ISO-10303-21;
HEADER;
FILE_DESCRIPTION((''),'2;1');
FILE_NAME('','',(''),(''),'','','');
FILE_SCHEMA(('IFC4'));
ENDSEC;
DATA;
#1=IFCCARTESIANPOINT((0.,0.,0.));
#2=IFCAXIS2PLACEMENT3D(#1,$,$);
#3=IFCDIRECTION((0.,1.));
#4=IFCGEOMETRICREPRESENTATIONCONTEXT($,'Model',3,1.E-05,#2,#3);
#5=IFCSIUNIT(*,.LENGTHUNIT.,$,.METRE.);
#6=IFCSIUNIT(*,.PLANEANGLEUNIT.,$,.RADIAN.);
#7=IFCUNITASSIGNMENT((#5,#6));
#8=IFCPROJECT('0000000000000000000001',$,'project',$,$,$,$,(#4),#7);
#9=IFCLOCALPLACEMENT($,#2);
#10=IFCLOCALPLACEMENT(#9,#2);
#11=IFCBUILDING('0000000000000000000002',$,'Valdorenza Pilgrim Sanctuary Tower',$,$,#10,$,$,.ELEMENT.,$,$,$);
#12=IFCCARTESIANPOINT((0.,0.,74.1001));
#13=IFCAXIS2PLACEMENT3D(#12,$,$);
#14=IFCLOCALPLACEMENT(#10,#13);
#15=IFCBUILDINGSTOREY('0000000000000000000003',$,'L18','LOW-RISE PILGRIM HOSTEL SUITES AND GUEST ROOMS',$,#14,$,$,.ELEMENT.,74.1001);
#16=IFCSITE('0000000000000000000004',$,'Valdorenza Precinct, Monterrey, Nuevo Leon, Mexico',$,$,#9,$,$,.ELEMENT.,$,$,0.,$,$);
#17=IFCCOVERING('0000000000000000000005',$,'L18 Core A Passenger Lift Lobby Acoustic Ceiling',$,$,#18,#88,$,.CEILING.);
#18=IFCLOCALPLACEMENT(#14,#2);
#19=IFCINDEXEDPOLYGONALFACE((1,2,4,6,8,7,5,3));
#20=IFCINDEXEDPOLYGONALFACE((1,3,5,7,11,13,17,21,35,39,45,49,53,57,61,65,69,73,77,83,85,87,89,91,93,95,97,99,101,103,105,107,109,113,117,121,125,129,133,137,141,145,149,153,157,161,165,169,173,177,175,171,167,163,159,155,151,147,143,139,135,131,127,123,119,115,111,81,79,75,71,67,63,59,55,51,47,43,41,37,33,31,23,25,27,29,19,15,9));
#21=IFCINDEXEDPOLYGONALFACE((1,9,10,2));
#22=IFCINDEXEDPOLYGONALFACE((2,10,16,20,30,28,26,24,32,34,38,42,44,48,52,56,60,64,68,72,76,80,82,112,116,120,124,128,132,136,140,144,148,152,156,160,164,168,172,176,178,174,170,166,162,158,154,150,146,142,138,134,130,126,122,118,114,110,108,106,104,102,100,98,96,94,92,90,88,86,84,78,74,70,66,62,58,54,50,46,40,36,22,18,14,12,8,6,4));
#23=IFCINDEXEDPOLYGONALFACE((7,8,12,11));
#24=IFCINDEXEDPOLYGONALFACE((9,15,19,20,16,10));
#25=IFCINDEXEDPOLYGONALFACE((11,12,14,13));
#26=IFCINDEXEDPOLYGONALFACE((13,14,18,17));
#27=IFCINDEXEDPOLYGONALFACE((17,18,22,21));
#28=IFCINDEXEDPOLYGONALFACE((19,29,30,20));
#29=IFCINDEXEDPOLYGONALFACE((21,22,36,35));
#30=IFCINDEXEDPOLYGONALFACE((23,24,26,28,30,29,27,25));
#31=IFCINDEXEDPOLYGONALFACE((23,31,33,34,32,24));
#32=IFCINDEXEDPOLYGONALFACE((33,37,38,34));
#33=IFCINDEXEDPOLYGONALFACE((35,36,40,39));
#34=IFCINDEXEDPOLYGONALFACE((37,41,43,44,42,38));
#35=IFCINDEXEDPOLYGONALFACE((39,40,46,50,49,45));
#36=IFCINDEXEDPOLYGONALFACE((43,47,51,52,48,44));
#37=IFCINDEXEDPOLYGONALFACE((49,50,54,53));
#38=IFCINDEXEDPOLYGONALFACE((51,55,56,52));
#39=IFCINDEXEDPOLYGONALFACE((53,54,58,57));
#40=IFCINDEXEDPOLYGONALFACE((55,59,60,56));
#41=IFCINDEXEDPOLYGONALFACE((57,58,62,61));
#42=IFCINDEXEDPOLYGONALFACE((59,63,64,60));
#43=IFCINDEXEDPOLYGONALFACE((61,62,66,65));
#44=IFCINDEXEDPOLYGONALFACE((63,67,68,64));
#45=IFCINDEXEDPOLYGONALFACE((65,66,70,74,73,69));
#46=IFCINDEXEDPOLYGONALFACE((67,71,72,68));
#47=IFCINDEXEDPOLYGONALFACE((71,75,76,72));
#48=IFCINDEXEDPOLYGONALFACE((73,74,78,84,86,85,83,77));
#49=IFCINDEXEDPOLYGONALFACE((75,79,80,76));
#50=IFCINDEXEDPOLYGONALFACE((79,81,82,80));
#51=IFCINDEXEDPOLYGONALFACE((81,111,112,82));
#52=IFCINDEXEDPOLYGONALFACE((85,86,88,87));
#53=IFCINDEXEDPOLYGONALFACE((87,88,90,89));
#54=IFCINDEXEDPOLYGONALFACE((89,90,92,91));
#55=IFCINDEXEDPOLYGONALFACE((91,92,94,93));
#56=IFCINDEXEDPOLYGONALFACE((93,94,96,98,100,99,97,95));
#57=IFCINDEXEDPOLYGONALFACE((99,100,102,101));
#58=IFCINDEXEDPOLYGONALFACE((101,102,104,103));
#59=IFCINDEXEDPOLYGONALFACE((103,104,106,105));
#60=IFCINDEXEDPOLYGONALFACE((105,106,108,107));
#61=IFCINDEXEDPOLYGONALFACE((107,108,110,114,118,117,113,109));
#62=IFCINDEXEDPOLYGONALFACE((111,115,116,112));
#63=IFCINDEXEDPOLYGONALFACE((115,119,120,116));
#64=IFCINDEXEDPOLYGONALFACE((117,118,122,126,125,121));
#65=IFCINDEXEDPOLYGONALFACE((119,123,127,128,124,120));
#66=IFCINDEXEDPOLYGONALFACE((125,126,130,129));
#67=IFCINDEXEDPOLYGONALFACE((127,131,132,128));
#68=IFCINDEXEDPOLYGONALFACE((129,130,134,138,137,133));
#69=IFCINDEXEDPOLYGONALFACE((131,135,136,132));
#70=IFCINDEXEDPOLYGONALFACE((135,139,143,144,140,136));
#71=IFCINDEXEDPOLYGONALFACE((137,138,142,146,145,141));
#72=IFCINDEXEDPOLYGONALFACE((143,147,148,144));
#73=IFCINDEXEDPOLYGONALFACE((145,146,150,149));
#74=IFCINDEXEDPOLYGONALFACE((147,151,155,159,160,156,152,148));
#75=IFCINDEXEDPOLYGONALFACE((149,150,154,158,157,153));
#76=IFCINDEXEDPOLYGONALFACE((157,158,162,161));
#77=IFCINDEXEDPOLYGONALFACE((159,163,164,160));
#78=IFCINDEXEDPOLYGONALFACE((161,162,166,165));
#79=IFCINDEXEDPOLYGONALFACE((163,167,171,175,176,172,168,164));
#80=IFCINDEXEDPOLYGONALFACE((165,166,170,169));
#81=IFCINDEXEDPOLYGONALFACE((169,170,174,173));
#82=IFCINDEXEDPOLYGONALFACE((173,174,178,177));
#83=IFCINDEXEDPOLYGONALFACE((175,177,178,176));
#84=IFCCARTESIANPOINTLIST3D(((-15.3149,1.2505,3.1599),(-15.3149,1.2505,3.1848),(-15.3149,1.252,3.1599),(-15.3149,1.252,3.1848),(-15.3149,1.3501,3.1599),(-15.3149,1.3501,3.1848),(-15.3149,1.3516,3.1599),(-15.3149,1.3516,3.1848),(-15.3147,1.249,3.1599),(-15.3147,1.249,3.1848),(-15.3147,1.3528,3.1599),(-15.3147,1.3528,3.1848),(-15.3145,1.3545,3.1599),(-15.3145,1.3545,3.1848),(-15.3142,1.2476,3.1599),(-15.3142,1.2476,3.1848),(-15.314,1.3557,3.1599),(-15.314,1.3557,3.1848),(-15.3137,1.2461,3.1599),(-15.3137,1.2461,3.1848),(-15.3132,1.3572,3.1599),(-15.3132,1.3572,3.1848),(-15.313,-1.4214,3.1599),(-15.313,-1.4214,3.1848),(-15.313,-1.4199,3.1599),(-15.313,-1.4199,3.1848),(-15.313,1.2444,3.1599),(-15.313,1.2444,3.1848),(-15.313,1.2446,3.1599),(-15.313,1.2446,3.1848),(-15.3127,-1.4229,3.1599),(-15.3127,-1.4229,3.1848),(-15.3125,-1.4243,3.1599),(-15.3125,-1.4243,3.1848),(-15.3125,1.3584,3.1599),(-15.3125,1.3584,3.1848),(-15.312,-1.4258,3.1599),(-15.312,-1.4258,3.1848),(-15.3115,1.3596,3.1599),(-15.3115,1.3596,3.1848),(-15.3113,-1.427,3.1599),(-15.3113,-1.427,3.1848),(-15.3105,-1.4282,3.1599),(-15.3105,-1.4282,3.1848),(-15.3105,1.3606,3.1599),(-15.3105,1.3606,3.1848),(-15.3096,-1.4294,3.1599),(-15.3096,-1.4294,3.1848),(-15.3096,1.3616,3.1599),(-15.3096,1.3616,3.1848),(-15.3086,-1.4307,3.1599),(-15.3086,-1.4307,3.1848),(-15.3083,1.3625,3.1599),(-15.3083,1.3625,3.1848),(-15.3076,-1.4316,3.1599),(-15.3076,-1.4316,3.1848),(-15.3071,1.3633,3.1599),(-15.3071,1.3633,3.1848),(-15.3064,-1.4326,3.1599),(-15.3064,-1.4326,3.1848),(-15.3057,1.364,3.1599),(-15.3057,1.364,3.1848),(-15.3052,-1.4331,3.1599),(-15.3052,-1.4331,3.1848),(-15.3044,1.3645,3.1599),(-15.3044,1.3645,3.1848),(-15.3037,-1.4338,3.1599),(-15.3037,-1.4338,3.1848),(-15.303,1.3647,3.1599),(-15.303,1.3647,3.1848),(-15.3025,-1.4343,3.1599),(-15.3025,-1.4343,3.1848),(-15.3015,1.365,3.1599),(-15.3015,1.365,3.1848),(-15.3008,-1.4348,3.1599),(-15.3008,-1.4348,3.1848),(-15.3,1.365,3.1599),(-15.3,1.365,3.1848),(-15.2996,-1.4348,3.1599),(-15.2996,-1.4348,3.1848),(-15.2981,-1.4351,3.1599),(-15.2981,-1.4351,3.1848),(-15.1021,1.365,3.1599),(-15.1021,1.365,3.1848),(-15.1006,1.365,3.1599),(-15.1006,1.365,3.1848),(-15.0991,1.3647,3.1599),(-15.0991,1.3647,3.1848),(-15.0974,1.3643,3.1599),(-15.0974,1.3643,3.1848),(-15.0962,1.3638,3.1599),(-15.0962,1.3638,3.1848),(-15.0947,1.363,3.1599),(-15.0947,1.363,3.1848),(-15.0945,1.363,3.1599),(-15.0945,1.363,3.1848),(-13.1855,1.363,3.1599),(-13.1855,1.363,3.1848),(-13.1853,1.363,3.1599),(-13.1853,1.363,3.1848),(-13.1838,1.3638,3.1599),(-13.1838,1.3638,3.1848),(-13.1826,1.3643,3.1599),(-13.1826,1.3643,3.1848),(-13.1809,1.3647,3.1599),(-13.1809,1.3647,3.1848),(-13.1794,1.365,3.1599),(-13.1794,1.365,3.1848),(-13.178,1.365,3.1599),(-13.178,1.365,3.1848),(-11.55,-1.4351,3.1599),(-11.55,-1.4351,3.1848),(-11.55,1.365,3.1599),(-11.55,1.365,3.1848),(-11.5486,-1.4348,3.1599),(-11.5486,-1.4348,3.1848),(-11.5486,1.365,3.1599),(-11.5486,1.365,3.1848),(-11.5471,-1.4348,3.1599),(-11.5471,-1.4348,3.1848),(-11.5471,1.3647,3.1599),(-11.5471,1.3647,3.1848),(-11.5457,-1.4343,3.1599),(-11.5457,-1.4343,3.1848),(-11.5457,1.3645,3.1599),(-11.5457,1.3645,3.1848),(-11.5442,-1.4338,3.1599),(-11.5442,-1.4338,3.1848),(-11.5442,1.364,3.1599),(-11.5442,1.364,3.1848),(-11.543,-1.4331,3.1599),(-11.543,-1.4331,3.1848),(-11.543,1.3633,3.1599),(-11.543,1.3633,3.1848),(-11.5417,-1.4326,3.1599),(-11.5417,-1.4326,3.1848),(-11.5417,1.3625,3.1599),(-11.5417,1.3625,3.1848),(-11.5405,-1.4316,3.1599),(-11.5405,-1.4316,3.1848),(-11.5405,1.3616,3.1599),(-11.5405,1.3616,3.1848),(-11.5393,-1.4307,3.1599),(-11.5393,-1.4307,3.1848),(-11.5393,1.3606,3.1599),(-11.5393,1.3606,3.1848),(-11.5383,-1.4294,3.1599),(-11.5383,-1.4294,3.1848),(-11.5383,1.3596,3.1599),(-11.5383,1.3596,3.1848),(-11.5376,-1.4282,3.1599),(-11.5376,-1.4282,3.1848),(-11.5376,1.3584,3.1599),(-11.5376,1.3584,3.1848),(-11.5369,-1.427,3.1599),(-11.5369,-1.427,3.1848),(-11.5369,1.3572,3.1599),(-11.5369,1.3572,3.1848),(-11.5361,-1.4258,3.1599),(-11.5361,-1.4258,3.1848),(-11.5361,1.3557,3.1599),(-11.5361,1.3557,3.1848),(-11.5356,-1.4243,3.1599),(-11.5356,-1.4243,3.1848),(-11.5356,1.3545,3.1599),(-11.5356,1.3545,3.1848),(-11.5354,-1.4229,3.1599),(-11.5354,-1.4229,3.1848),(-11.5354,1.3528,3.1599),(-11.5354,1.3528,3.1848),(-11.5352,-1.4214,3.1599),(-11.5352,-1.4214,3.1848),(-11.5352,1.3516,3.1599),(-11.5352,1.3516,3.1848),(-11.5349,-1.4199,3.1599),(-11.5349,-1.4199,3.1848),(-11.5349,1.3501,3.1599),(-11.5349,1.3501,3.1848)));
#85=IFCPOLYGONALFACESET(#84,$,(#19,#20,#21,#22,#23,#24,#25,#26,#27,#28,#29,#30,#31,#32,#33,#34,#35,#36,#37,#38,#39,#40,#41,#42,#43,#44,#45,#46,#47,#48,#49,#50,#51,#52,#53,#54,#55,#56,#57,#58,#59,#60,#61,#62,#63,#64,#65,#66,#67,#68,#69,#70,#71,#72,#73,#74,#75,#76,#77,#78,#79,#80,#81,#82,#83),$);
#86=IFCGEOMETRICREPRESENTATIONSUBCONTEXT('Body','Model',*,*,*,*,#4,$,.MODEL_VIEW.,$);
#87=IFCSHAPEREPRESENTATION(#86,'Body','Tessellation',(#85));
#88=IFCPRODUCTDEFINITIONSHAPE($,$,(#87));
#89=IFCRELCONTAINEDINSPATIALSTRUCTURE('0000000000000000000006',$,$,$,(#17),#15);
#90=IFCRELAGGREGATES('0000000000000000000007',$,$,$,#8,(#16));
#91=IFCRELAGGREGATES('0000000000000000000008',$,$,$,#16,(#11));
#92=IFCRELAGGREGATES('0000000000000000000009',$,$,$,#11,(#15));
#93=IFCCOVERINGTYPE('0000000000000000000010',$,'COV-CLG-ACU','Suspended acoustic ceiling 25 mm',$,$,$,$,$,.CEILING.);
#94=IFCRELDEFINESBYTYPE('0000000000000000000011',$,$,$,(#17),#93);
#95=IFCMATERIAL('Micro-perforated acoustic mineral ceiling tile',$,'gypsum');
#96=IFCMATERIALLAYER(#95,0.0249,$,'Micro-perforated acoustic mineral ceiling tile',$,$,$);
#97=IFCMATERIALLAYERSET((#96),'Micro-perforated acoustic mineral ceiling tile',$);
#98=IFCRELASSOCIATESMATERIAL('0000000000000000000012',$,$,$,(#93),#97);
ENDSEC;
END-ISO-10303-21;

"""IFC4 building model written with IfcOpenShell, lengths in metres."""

from ifc_helpers import new_model, si_unit, direction, frame, origin, place, context, subcontext, project, spatial, polyline, outline, extrude, material, layer, layer_set, type_object, element, save


model = new_model("IFC4")

# Units and contexts
model_context = context("Model", 3, precision=1e-05, world=origin(), true_north=direction((0.0, 1.0)))
body_context = subcontext(model_context, "Body", "Model", "MODEL_VIEW")
ifc_project = project(units=[si_unit("LENGTHUNIT", "METRE"), si_unit("PLANEANGLEUNIT", "RADIAN")], contexts=[model_context])

# Site, building, storey
site_placement = place(None, origin())
site = spatial("IfcSite", under=ifc_project, at=site_placement, Name="Valdorenza Precinct, Monterrey, Nuevo Leon, Mexico", CompositionType="ELEMENT", RefElevation=0.0)
building_placement = place(site_placement, origin())
building = spatial("IfcBuilding", under=site, at=building_placement, Name="Valdorenza Pilgrim Sanctuary Tower", CompositionType="ELEMENT")
storey_placement = place(building_placement, frame((0.0, 0.0, 74.1001)))
storey = spatial("IfcBuildingStorey", under=building, at=storey_placement, Name="L18", Description="LOW-RISE PILGRIM HOSTEL SUITES AND GUEST ROOMS", CompositionType="ELEMENT", Elevation=74.1001)

# Covering
ifc_material_1 = material(Name="Micro-perforated acoustic mineral ceiling tile", Category="gypsum")
ifc_layer_1 = layer(ifc_material_1, 0.0249, Name="Micro-perforated acoustic mineral ceiling tile")
ifc_layer_set_1 = layer_set([ifc_layer_1], Name="Micro-perforated acoustic mineral ceiling tile")
covering_type_1 = type_object("IfcCoveringType", Name="COV-CLG-ACU", Description="Suspended acoustic ceiling 25 mm", PredefinedType="CEILING", material=ifc_layer_set_1)
covering_1_placement = place(storey_placement, frame((0.0, 0.0, 3.1599)))
element("IfcCovering", 1, at=covering_1_placement, inside=storey, type_object=covering_type_1, Name="L18 Core A Passenger Lift Lobby Acoustic Ceiling", PredefinedType="CEILING", context=body_context, shape_type="SweptSolid", body=[
    extrude(outline(polyline([(-15.313, 1.2444), (-15.313, 1.2446), (-15.3137, 1.2461), (-15.3142, 1.2476), (-15.3147, 1.249), (-15.3149, 1.2505), (-15.3149, 1.252), (-15.3149, 1.3501), (-15.3149, 1.3516), (-15.3147, 1.3528), (-15.3145, 1.3545), (-15.314, 1.3557), (-15.3132, 1.3572), (-15.3125, 1.3584), (-15.3115, 1.3596), (-15.3105, 1.3606), (-15.3096, 1.3616), (-15.3083, 1.3625), (-15.3071, 1.3633), (-15.3057, 1.364), (-15.3044, 1.3645), (-15.303, 1.3647), (-15.3015, 1.365), (-15.3, 1.365), (-15.1021, 1.365), (-15.1006, 1.365), (-15.0991, 1.3647), (-15.0974, 1.3643), (-15.0962, 1.3638), (-15.0947, 1.363), (-15.0945, 1.363), (-13.1855, 1.363), (-13.1853, 1.363), (-13.1838, 1.3638), (-13.1826, 1.3643), (-13.1809, 1.3647), (-13.1794, 1.365), (-13.178, 1.365), (-11.55, 1.365), (-11.5486, 1.365), (-11.5471, 1.3647), (-11.5457, 1.3645), (-11.5442, 1.364), (-11.543, 1.3633), (-11.5417, 1.3625), (-11.5405, 1.3616), (-11.5393, 1.3606), (-11.5383, 1.3596), (-11.5376, 1.3584), (-11.5369, 1.3572), (-11.5361, 1.3557), (-11.5356, 1.3545), (-11.5354, 1.3528), (-11.5352, 1.3516), (-11.5349, 1.3501), (-11.5349, -1.4199), (-11.5352, -1.4214), (-11.5354, -1.4229), (-11.5356, -1.4243), (-11.5361, -1.4258), (-11.5369, -1.427), (-11.5376, -1.4282), (-11.5383, -1.4294), (-11.5393, -1.4307), (-11.5405, -1.4316), (-11.5417, -1.4326), (-11.543, -1.4331), (-11.5442, -1.4338), (-11.5457, -1.4343), (-11.5471, -1.4348), (-11.5486, -1.4348), (-11.55, -1.4351), (-15.2981, -1.4351), (-15.2996, -1.4348), (-15.3008, -1.4348), (-15.3025, -1.4343), (-15.3037, -1.4338), (-15.3052, -1.4331), (-15.3064, -1.4326), (-15.3076, -1.4316), (-15.3086, -1.4307), (-15.3096, -1.4294), (-15.3105, -1.4282), (-15.3113, -1.427), (-15.312, -1.4258), (-15.3125, -1.4243), (-15.3127, -1.4229), (-15.313, -1.4214), (-15.313, -1.4199), (-15.313, 1.2444)])), origin(), (0.0, 0.0, 1.0), 0.0249),
])

save(model, "model.ifc")
